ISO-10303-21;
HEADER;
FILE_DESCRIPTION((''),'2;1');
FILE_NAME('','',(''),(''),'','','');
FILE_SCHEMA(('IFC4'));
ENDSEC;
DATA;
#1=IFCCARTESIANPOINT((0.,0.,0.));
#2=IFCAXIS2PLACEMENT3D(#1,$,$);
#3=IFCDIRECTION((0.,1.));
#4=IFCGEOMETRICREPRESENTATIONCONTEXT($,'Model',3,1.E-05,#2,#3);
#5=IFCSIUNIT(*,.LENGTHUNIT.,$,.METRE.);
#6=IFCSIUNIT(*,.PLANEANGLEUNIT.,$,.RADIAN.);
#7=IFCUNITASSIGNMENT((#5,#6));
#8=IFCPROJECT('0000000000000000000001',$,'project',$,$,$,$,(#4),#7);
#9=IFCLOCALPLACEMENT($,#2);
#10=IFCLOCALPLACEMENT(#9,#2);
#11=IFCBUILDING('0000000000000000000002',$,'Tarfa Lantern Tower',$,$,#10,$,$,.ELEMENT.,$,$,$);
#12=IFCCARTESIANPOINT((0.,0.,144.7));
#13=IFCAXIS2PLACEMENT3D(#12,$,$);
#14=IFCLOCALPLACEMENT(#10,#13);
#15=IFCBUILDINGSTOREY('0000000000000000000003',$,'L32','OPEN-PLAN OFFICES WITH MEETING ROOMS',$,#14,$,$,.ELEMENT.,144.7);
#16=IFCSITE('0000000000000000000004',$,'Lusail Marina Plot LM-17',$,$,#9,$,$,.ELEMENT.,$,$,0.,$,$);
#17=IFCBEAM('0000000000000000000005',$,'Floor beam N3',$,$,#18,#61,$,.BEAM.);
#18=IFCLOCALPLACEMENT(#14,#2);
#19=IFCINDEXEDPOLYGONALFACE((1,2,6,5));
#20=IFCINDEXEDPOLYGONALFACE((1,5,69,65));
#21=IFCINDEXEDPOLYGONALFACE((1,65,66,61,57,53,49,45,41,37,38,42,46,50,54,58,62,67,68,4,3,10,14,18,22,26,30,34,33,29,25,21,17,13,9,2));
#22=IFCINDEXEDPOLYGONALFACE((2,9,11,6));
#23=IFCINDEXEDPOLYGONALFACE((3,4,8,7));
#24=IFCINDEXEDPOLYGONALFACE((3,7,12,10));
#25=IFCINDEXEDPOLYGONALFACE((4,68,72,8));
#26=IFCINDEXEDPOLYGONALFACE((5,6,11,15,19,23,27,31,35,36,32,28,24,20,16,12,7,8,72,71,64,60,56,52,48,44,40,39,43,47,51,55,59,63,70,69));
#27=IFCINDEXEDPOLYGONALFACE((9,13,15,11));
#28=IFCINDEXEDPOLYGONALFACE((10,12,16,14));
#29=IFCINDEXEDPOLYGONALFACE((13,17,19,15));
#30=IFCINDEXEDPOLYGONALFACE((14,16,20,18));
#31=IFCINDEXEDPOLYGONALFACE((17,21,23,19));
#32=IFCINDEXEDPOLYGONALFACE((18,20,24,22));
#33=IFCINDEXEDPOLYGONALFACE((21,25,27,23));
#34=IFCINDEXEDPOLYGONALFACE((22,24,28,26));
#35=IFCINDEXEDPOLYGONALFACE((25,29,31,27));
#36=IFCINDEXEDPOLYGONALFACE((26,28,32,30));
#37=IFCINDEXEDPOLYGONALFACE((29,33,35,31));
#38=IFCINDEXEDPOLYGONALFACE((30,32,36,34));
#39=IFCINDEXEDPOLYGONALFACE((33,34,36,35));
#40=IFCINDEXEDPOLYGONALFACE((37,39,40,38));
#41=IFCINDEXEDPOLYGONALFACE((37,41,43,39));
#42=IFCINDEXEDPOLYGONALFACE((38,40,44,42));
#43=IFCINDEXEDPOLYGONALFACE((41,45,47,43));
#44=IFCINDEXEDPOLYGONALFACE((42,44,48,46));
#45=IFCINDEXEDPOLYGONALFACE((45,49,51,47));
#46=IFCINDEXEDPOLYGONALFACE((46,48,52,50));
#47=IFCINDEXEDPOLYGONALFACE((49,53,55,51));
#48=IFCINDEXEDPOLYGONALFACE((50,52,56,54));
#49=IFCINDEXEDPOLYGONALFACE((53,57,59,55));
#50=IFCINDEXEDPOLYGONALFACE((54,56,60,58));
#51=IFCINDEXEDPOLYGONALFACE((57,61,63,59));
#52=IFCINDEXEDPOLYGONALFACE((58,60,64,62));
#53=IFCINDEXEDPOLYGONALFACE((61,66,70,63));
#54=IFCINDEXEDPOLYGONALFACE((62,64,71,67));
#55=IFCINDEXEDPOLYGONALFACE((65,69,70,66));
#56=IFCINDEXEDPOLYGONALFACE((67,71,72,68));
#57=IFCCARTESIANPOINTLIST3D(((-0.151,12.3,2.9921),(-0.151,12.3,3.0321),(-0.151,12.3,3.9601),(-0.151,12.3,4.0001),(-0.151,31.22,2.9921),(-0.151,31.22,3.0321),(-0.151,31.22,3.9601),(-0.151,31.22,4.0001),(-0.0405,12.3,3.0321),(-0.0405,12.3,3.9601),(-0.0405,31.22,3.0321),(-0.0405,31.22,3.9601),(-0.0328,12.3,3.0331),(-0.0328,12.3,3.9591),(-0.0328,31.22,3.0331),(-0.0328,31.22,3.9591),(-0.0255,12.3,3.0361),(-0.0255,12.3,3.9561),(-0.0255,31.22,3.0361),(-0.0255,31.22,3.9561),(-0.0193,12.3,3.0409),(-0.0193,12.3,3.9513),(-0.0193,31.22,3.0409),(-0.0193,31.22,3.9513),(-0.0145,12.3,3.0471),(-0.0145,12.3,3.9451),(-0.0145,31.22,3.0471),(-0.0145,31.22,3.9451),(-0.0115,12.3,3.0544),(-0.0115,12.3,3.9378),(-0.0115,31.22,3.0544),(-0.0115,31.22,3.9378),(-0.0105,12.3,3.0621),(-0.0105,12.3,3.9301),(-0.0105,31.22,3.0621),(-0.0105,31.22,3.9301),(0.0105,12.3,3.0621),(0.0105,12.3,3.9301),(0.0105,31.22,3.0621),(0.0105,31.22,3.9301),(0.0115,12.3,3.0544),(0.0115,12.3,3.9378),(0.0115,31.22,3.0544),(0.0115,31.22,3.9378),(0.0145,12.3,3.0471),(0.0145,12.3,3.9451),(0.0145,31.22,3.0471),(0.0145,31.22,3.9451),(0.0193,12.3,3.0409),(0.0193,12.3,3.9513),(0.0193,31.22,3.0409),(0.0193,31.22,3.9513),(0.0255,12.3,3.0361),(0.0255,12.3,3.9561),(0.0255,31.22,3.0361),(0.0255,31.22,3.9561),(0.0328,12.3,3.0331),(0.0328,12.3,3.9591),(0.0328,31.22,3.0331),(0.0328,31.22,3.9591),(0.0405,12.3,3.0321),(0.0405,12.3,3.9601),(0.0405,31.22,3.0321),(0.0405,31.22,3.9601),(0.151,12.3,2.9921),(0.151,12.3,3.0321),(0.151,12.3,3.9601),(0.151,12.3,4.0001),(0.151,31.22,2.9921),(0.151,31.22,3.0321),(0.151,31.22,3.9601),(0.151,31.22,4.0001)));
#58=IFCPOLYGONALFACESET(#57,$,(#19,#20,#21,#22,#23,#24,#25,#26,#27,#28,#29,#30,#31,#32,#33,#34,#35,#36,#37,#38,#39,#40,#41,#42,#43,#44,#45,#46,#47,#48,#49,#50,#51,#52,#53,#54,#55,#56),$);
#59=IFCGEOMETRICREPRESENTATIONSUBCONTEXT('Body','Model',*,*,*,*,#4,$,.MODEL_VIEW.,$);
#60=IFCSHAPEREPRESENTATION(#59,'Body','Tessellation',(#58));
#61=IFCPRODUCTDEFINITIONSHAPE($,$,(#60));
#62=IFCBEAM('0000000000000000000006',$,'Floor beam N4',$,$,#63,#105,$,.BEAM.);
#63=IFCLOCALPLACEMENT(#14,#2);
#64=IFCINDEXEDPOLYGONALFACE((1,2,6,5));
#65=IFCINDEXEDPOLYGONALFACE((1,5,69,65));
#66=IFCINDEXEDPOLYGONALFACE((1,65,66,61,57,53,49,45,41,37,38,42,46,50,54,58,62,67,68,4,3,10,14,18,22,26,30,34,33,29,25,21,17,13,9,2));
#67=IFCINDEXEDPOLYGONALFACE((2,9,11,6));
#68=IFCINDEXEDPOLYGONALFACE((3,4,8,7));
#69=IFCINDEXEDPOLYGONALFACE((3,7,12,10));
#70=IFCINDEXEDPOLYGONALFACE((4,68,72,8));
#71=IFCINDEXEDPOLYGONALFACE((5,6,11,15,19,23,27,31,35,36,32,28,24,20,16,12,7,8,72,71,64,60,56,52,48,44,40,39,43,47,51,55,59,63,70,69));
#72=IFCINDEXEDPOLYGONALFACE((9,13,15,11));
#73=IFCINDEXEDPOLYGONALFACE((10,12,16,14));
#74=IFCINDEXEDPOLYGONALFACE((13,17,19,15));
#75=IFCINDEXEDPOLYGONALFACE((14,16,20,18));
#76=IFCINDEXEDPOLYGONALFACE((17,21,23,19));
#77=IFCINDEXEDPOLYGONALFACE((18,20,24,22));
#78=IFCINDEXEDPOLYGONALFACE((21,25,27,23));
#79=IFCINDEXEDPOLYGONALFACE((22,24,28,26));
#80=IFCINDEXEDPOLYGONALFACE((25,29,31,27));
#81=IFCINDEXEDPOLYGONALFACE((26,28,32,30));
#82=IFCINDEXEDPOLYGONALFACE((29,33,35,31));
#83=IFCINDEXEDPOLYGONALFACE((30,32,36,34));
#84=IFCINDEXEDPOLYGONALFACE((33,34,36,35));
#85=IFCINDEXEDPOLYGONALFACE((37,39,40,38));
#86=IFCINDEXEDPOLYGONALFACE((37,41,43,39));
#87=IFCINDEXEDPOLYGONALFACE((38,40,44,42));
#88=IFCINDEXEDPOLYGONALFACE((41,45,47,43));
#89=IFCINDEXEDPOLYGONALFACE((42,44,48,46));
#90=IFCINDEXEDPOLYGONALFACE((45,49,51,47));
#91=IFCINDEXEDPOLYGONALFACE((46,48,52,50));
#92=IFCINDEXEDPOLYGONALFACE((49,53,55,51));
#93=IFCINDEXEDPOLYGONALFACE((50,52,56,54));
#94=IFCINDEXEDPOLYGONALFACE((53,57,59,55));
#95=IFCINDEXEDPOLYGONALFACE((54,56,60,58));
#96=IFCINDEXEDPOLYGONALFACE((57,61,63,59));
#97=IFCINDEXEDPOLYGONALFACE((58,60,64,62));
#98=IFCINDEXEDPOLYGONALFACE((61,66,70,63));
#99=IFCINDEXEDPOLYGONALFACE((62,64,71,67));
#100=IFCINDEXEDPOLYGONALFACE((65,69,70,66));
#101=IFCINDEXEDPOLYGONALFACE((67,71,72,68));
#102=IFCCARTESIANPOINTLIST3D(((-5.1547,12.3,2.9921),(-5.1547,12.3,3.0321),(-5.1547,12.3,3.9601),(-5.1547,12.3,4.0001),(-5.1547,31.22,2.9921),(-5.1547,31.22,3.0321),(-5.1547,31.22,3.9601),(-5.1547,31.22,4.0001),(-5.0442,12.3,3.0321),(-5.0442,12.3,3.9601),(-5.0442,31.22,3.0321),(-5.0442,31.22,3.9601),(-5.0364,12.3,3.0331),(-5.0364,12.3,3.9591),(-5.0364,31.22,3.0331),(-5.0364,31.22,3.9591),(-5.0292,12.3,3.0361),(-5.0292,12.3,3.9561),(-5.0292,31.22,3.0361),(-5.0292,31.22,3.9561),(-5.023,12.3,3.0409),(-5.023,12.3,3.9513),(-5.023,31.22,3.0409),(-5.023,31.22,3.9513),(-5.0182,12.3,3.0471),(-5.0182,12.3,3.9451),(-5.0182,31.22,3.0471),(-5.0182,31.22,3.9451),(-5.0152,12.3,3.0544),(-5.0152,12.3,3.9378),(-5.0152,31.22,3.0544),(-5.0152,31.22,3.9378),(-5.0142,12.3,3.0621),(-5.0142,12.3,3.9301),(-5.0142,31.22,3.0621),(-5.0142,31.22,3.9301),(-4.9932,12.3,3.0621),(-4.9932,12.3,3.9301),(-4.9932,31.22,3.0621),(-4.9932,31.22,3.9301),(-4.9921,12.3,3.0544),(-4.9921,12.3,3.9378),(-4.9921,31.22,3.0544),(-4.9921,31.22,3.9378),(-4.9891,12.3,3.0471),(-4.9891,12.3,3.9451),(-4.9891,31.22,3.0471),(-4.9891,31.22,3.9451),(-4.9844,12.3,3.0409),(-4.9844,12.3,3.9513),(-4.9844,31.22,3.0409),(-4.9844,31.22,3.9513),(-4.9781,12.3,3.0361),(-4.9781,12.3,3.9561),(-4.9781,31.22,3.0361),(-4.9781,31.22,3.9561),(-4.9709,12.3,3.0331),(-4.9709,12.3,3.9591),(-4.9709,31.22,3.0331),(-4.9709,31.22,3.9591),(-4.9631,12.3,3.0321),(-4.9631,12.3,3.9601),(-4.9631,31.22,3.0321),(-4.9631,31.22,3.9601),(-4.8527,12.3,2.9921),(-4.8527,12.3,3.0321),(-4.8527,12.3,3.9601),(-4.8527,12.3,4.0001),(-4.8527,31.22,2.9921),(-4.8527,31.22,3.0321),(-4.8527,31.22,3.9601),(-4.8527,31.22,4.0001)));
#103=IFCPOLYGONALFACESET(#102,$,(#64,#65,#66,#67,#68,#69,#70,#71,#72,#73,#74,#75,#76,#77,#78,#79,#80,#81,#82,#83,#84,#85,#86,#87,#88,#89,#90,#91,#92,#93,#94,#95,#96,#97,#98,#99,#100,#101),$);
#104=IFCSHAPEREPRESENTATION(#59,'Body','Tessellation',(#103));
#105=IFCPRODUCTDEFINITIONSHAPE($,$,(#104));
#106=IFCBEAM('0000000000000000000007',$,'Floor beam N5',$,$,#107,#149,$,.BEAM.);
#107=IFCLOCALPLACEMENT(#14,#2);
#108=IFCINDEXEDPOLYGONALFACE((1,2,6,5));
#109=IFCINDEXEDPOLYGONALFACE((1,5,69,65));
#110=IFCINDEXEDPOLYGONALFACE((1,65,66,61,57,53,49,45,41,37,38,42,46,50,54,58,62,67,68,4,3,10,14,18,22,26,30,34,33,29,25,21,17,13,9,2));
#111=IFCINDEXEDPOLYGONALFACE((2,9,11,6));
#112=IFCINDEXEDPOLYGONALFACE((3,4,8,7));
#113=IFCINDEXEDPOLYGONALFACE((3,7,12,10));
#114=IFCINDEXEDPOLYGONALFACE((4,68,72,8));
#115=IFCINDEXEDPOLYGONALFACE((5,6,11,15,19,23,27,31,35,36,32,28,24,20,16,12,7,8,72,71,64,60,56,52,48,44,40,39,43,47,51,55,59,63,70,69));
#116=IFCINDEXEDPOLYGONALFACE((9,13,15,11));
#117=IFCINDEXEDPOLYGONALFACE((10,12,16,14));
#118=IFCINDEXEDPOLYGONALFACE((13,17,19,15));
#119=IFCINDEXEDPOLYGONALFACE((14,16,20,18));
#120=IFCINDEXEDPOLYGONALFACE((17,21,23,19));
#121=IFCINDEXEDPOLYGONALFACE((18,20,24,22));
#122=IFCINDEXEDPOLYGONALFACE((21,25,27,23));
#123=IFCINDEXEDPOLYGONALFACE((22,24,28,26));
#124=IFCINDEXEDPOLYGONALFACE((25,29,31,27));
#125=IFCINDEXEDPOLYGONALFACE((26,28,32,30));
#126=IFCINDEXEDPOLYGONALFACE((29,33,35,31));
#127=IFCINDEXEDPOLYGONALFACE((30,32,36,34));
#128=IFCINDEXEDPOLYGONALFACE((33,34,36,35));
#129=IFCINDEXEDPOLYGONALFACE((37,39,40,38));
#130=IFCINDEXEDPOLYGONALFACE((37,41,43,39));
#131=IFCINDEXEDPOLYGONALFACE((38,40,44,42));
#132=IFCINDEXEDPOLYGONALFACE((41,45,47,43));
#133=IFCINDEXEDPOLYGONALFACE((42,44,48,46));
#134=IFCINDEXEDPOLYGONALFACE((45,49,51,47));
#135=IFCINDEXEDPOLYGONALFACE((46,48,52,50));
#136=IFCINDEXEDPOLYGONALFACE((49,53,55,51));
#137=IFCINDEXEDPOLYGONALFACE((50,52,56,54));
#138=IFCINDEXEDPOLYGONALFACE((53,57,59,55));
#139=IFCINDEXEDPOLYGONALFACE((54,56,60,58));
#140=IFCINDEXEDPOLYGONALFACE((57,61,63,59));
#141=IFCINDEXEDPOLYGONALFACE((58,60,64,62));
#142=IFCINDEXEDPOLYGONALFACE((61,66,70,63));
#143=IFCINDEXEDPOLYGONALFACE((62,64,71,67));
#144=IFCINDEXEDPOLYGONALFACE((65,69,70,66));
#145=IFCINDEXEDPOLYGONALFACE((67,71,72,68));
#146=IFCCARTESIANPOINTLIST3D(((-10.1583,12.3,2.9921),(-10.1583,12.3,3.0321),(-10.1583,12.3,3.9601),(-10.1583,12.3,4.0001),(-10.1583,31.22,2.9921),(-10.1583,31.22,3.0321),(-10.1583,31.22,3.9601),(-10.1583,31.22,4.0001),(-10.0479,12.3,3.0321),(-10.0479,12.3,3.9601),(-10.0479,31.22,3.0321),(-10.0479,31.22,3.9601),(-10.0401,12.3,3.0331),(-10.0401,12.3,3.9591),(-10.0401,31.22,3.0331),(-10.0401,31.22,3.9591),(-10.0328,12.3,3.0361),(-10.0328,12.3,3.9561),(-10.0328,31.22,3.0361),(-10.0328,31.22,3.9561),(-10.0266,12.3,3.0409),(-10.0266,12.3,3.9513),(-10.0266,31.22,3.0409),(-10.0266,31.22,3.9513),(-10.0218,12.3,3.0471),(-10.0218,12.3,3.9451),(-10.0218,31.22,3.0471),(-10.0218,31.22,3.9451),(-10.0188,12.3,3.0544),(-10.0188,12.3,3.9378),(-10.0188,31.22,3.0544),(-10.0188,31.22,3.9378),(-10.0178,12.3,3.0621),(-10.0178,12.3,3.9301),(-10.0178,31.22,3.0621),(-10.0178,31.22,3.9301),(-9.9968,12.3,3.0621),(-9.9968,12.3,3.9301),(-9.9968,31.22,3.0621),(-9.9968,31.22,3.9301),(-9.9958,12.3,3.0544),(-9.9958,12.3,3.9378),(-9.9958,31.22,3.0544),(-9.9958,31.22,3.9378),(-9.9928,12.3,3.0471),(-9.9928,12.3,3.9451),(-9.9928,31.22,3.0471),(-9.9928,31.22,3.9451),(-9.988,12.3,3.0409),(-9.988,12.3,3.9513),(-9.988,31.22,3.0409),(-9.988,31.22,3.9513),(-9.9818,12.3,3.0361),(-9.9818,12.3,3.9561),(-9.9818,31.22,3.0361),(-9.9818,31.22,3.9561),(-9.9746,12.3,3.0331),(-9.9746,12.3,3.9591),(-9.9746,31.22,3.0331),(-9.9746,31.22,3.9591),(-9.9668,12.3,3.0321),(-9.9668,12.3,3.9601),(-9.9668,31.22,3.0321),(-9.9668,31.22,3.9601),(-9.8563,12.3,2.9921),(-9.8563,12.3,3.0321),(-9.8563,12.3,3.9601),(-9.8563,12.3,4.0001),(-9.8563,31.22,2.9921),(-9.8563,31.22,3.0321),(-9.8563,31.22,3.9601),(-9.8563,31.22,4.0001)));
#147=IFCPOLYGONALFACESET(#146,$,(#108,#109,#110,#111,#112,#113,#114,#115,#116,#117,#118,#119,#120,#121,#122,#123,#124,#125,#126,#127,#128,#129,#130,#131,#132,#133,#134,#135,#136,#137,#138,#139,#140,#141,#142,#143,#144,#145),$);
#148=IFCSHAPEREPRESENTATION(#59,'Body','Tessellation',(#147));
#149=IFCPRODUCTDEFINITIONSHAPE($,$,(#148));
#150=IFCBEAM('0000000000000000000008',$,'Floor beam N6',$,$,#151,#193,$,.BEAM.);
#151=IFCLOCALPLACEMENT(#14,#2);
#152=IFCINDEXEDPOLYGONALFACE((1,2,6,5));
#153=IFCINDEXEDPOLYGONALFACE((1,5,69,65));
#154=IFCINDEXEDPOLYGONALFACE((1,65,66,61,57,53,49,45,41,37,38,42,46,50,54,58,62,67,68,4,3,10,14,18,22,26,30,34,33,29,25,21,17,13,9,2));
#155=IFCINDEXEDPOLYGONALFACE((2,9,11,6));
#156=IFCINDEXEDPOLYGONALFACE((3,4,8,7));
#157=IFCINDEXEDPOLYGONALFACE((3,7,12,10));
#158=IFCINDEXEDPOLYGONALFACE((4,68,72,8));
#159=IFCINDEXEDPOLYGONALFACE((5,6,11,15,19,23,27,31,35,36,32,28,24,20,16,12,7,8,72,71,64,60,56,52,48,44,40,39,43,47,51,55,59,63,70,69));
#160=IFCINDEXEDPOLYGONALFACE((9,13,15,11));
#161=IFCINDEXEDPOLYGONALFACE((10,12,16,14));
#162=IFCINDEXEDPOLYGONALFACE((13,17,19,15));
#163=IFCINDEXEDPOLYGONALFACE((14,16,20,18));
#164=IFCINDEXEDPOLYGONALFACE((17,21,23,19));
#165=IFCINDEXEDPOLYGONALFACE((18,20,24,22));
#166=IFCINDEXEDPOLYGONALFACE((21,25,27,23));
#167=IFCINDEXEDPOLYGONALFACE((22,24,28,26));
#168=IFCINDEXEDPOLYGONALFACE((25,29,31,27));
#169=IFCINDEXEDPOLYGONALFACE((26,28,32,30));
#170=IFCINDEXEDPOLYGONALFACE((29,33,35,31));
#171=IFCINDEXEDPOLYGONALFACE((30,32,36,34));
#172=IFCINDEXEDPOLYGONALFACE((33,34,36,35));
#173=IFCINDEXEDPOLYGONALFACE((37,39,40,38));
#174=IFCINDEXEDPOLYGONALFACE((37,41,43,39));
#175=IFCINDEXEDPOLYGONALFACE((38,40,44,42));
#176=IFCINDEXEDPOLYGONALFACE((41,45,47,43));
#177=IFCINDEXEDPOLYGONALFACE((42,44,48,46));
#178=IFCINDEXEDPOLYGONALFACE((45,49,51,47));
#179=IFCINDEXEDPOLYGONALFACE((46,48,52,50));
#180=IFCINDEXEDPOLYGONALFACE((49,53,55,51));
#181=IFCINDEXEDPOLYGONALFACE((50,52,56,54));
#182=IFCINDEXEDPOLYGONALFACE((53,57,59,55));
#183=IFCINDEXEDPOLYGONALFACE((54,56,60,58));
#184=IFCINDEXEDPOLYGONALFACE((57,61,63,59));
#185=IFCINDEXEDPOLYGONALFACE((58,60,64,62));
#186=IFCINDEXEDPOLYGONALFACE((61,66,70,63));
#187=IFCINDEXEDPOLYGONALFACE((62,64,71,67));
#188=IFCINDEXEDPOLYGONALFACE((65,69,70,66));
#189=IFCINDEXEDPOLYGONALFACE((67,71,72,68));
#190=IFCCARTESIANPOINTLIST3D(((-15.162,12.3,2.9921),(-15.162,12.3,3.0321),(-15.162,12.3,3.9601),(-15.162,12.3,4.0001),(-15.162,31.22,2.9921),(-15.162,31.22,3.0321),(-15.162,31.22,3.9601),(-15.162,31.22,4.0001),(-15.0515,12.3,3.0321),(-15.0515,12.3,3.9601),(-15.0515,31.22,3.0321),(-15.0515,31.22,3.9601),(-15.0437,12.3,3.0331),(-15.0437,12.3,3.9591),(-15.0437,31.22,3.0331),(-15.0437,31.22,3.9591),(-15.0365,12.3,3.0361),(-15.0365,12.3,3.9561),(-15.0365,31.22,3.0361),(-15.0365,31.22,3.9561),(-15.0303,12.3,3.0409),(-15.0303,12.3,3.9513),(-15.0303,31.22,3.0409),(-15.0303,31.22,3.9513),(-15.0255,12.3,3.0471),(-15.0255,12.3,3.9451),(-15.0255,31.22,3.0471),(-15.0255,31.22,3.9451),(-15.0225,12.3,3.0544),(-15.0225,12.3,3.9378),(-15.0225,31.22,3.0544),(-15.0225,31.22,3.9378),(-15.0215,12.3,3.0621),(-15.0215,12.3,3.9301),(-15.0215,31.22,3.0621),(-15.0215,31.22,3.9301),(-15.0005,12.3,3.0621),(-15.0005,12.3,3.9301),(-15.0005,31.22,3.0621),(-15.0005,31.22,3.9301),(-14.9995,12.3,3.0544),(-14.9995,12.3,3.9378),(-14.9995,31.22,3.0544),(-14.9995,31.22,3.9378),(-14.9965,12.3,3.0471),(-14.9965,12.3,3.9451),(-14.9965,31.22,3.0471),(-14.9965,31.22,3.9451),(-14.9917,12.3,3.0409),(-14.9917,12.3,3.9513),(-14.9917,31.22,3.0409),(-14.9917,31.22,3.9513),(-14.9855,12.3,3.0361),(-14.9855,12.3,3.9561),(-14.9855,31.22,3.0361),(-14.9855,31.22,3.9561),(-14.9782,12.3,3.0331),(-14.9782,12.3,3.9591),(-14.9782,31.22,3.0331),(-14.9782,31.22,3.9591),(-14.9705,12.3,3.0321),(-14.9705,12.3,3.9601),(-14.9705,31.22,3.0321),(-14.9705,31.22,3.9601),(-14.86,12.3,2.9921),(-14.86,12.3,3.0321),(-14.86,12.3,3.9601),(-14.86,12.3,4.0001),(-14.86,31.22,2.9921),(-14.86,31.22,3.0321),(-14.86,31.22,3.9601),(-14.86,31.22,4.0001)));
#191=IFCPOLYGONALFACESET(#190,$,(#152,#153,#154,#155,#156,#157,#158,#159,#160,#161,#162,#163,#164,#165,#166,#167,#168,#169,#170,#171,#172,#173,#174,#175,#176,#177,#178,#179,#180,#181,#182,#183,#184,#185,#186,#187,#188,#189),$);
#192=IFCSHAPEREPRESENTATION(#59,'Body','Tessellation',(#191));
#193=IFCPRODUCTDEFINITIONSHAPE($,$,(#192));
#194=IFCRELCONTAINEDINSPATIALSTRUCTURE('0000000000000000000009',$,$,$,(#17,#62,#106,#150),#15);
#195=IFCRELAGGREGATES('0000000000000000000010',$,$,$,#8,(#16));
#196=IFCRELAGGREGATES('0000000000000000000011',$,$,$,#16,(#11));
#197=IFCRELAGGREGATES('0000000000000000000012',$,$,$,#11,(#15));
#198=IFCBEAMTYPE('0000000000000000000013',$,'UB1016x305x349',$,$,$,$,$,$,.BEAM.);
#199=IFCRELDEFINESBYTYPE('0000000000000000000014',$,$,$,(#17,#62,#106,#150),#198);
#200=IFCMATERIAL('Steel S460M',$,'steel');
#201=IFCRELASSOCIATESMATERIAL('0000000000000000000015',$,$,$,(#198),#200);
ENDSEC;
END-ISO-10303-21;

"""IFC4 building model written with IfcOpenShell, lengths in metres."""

from ifc_helpers import new_model, si_unit, direction, frame, origin, origin_2d, place, context, subcontext, project, spatial, i_section, extrude, material, material_profile, profile_set, type_object, element, save


model = new_model("IFC4")

# Units and contexts
model_context = context("Model", 3, precision=1e-05, world=origin(), true_north=direction((0.0, 1.0)))
body_context = subcontext(model_context, "Body", "Model", "MODEL_VIEW")
ifc_project = project(units=[si_unit("LENGTHUNIT", "METRE"), si_unit("PLANEANGLEUNIT", "RADIAN")], contexts=[model_context])

# Site, building, storey
site_placement = place(None, origin())
site = spatial("IfcSite", under=ifc_project, at=site_placement, Name="Lusail Marina Plot LM-17", CompositionType="ELEMENT", RefElevation=0.0)
building_placement = place(site_placement, origin())
building = spatial("IfcBuilding", under=site, at=building_placement, Name="Tarfa Lantern Tower", CompositionType="ELEMENT")
storey_placement = place(building_placement, frame((0.0, 0.0, 144.7)))
storey = spatial("IfcBuildingStorey", under=building, at=storey_placement, Name="L32", Description="OPEN-PLAN OFFICES WITH MEETING ROOMS", CompositionType="ELEMENT", Elevation=144.7)

# Beams
ifc_material_1 = material(Name="Steel S460M", Category="steel")
ifc_material_profile_1 = material_profile(ifc_material_1, i_section(OverallWidth=0.302, OverallDepth=1.0081, WebThickness=0.021, FlangeThickness=0.04, FilletRadius=0.03, at=origin_2d()), Name="UB1016x305x349")
ifc_profile_set_1 = profile_set([ifc_material_profile_1], Name="Steel S460M")
beam_type_1 = type_object("IfcBeamType", Name="UB1016x305x349", PredefinedType="BEAM", material=ifc_profile_set_1)
for number, where, z_axis, x_axis, name in (
    (1, (0.0, 31.22, 3.4961), (0.0, -1.0, 0.0), (1.0, 0.0, 0.0), "Floor beam N3"),
    (2, (-5.0037, 31.22, 3.4961), (0.0, -1.0, 0.0), (1.0, 0.0, 0.0), "Floor beam N4"),
    (3, (-10.0073, 31.22, 3.4961), (0.0, -1.0, 0.0), (1.0, 0.0, 0.0), "Floor beam N5"),
    (4, (-15.011, 31.22, 3.4961), (0.0, -1.0, 0.0), (1.0, 0.0, 0.0), "Floor beam N6"),
):
    element("IfcBeam", number, at=place(storey_placement, frame(where, z_axis=z_axis, x_axis=x_axis)), inside=storey, type_object=beam_type_1, Name=name, PredefinedType="BEAM", context=body_context, shape_type="SweptSolid", body=[
        extrude(i_section(OverallWidth=0.302, OverallDepth=1.0081, WebThickness=0.021, FlangeThickness=0.04, FilletRadius=0.03, at=origin_2d()), origin(), (0.0, 0.0, 1.0), 18.9199),
    ])

save(model, "model.ifc")
